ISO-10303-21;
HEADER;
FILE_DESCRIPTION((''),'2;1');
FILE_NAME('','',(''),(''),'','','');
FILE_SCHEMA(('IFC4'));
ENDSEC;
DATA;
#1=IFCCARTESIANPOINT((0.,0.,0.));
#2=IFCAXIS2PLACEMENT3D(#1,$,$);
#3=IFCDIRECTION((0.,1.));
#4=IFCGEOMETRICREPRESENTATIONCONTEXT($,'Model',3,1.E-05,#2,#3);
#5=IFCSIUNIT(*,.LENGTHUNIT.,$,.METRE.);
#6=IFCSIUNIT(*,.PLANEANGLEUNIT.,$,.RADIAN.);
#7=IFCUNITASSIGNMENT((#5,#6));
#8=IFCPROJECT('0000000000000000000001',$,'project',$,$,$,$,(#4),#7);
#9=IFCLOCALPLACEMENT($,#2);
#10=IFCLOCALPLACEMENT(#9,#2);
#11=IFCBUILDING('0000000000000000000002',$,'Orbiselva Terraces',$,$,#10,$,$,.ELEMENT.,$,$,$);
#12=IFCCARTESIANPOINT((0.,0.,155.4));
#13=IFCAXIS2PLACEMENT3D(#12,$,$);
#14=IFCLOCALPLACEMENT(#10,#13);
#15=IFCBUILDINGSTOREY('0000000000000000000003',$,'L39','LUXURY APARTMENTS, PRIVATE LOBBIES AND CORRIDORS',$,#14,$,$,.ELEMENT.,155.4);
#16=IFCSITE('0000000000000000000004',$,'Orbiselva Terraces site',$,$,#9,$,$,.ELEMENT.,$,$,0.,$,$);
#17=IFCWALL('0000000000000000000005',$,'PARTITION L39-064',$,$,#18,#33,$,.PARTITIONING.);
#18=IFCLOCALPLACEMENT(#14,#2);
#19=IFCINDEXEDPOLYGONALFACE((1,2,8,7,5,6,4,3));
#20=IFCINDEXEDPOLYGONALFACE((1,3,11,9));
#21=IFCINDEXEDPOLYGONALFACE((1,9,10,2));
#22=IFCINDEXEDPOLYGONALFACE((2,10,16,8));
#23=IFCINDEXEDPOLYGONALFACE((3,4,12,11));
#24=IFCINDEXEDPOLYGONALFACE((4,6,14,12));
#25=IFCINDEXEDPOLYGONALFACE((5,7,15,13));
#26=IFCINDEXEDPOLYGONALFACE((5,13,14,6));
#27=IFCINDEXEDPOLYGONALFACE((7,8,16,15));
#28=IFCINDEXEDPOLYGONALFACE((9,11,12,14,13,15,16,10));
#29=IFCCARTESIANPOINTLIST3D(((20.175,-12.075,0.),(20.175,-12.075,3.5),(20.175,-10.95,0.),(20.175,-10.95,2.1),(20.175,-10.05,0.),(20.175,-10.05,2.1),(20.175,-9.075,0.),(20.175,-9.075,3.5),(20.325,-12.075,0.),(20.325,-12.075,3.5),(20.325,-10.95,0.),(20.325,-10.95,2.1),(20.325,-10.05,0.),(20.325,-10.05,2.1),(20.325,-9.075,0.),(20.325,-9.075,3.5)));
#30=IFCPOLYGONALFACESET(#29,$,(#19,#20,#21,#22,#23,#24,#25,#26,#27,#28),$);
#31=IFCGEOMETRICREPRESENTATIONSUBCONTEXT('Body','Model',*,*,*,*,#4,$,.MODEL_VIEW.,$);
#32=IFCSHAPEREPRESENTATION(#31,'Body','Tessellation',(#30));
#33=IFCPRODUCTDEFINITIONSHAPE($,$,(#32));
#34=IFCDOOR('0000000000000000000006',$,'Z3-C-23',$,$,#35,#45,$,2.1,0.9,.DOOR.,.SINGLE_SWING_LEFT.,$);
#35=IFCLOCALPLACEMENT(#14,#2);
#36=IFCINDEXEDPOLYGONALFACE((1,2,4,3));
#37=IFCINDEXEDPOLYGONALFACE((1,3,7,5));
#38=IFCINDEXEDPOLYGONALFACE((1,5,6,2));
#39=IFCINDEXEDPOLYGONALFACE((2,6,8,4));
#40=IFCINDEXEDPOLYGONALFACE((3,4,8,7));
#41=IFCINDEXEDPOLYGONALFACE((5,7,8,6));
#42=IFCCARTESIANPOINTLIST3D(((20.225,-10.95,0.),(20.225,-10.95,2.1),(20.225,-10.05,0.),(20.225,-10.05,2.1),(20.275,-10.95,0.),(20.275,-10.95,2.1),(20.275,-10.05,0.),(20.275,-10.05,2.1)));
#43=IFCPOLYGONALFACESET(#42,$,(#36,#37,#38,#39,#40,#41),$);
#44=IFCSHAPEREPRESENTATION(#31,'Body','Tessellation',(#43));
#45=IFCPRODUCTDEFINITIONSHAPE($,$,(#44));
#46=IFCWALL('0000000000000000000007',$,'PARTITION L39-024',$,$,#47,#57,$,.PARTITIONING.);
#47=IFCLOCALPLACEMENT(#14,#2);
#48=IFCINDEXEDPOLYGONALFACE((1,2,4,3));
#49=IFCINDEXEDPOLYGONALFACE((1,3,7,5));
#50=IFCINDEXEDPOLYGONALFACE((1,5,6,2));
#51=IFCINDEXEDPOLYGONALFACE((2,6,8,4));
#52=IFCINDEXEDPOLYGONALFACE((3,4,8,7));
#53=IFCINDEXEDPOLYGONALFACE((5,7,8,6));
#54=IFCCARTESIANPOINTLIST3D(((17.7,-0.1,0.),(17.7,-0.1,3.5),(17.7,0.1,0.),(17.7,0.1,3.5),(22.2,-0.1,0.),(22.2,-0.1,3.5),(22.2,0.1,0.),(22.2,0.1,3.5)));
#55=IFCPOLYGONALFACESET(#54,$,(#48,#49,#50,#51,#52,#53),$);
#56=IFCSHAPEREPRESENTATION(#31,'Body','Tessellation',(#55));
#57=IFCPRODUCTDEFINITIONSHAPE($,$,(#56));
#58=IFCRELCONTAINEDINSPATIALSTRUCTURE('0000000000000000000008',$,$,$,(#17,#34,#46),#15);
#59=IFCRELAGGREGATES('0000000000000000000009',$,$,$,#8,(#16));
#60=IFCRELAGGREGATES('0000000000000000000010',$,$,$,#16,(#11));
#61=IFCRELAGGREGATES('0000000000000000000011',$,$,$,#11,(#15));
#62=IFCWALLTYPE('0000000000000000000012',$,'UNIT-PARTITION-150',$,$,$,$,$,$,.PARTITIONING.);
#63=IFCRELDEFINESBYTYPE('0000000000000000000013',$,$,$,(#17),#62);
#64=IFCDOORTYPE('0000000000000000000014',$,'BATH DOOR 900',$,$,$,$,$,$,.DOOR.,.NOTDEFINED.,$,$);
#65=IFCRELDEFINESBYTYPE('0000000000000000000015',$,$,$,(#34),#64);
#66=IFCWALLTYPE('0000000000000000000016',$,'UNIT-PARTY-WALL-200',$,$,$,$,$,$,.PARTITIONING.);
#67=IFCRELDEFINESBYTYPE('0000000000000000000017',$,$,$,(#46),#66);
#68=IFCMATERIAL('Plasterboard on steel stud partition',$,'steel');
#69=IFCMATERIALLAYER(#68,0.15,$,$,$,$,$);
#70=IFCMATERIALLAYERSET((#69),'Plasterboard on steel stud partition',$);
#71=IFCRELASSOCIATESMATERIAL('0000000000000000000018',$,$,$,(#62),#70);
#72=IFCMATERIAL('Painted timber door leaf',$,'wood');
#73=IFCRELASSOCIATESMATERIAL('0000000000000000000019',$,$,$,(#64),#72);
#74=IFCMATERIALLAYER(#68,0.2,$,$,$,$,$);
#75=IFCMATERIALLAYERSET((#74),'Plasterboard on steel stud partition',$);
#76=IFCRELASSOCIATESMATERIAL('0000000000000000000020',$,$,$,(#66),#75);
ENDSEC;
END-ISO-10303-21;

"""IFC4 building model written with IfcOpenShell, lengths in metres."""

from ifc_helpers import new_model, si_unit, direction, frame, frame_2d, origin, place, context, subcontext, project, spatial, rectangle, extrude, material, layer, layer_set, type_object, element, fill, save


model = new_model("IFC4")

# Units and contexts
model_context = context("Model", 3, precision=1e-05, world=origin(), true_north=direction((0.0, 1.0)))
body_context = subcontext(model_context, "Body", "Model", "MODEL_VIEW")
ifc_project = project(units=[si_unit("LENGTHUNIT", "METRE"), si_unit("PLANEANGLEUNIT", "RADIAN")], contexts=[model_context])

# Site, building, storey
site_placement = place(None, origin())
site = spatial("IfcSite", under=ifc_project, at=site_placement, Name="Orbiselva Terraces site", CompositionType="ELEMENT", RefElevation=0.0)
building_placement = place(site_placement, origin())
building = spatial("IfcBuilding", under=site, at=building_placement, Name="Orbiselva Terraces", CompositionType="ELEMENT")
storey_placement = place(building_placement, frame((0.0, 0.0, 155.4)))
storey = spatial("IfcBuildingStorey", under=building, at=storey_placement, Name="L39", Description="LUXURY APARTMENTS, PRIVATE LOBBIES AND CORRIDORS", CompositionType="ELEMENT", Elevation=155.4)

# Shared definitions
ifc_material_1 = material(Name="Plasterboard on steel stud partition", Category="steel")
ifc_material_2 = material(Name="Painted timber door leaf", Category="wood")

# Shared definitions
ifc_layer_1 = layer(ifc_material_1, 0.15)
ifc_layer_set_1 = layer_set([ifc_layer_1], Name="Plasterboard on steel stud partition")
wall_type_1 = type_object("IfcWallType", Name="UNIT-PARTITION-150", PredefinedType="PARTITIONING", material=ifc_layer_set_1)

# Wall, opening, door
wall_1_placement = place(storey_placement, frame((20.25, -9.075, 0.0), z_axis=(0.0, 0.0, 1.0), x_axis=(0.0, -1.0, 0.0)))
wall_1 = element("IfcWall", 1, at=wall_1_placement, inside=storey, type_object=wall_type_1, Name="PARTITION L39-064", PredefinedType="PARTITIONING", context=body_context, shape_type="SweptSolid", body=[
    extrude(rectangle(XDim=3.0, YDim=0.15, at=frame_2d((1.5, 0.0))), origin(), (0.0, 0.0, 1.0), 3.5),
])
opening_1_placement = place(wall_1_placement, frame((0.975, 0.0, 0.0)))
opening_1 = element("IfcOpeningElement", 2, at=opening_1_placement, cuts=wall_1, PredefinedType="OPENING", context=body_context, shape_type="SweptSolid", body=[
    extrude(rectangle(XDim=0.9, YDim=2.1, at=frame_2d((0.45, 1.05))), frame((0.0, 0.085, 0.0), z_axis=(0.0, -1.0, 0.0), x_axis=(1.0, 0.0, 0.0)), (0.0, 0.0, 1.0), 0.17),
])
door_type_1 = type_object("IfcDoorType", Name="BATH DOOR 900", OperationType="NOTDEFINED", PredefinedType="DOOR", material=ifc_material_2)
door_1_placement = place(opening_1_placement, origin())
door_1 = element("IfcDoor", 3, at=door_1_placement, inside=storey, type_object=door_type_1, Name="Z3-C-23", OperationType="SINGLE_SWING_LEFT", OverallHeight=2.1, OverallWidth=0.9, PredefinedType="DOOR", context=body_context, shape_type="SweptSolid", body=[
    extrude(rectangle(XDim=0.9, YDim=2.1, at=frame_2d((0.45, 1.05))), frame((0.0, 0.025, 0.0), z_axis=(0.0, -1.0, 0.0), x_axis=(1.0, 0.0, 0.0)), (0.0, 0.0, 1.0), 0.05),
])
fill(opening_1, door_1)

# Wall
ifc_layer_2 = layer(ifc_material_1, 0.2)
ifc_layer_set_2 = layer_set([ifc_layer_2], Name="Plasterboard on steel stud partition")
wall_type_2 = type_object("IfcWallType", Name="UNIT-PARTY-WALL-200", PredefinedType="PARTITIONING", material=ifc_layer_set_2)
wall_2_placement = place(storey_placement, frame((17.7, 0.0, 0.0), z_axis=(0.0, 0.0, 1.0), x_axis=(1.0, 0.0, 0.0)))
element("IfcWall", 4, at=wall_2_placement, inside=storey, type_object=wall_type_2, Name="PARTITION L39-024", PredefinedType="PARTITIONING", context=body_context, shape_type="SweptSolid", body=[
    extrude(rectangle(XDim=4.5, YDim=0.2, at=frame_2d((2.25, 0.0))), origin(), (0.0, 0.0, 1.0), 3.5),
])

save(model, "model.ifc")
